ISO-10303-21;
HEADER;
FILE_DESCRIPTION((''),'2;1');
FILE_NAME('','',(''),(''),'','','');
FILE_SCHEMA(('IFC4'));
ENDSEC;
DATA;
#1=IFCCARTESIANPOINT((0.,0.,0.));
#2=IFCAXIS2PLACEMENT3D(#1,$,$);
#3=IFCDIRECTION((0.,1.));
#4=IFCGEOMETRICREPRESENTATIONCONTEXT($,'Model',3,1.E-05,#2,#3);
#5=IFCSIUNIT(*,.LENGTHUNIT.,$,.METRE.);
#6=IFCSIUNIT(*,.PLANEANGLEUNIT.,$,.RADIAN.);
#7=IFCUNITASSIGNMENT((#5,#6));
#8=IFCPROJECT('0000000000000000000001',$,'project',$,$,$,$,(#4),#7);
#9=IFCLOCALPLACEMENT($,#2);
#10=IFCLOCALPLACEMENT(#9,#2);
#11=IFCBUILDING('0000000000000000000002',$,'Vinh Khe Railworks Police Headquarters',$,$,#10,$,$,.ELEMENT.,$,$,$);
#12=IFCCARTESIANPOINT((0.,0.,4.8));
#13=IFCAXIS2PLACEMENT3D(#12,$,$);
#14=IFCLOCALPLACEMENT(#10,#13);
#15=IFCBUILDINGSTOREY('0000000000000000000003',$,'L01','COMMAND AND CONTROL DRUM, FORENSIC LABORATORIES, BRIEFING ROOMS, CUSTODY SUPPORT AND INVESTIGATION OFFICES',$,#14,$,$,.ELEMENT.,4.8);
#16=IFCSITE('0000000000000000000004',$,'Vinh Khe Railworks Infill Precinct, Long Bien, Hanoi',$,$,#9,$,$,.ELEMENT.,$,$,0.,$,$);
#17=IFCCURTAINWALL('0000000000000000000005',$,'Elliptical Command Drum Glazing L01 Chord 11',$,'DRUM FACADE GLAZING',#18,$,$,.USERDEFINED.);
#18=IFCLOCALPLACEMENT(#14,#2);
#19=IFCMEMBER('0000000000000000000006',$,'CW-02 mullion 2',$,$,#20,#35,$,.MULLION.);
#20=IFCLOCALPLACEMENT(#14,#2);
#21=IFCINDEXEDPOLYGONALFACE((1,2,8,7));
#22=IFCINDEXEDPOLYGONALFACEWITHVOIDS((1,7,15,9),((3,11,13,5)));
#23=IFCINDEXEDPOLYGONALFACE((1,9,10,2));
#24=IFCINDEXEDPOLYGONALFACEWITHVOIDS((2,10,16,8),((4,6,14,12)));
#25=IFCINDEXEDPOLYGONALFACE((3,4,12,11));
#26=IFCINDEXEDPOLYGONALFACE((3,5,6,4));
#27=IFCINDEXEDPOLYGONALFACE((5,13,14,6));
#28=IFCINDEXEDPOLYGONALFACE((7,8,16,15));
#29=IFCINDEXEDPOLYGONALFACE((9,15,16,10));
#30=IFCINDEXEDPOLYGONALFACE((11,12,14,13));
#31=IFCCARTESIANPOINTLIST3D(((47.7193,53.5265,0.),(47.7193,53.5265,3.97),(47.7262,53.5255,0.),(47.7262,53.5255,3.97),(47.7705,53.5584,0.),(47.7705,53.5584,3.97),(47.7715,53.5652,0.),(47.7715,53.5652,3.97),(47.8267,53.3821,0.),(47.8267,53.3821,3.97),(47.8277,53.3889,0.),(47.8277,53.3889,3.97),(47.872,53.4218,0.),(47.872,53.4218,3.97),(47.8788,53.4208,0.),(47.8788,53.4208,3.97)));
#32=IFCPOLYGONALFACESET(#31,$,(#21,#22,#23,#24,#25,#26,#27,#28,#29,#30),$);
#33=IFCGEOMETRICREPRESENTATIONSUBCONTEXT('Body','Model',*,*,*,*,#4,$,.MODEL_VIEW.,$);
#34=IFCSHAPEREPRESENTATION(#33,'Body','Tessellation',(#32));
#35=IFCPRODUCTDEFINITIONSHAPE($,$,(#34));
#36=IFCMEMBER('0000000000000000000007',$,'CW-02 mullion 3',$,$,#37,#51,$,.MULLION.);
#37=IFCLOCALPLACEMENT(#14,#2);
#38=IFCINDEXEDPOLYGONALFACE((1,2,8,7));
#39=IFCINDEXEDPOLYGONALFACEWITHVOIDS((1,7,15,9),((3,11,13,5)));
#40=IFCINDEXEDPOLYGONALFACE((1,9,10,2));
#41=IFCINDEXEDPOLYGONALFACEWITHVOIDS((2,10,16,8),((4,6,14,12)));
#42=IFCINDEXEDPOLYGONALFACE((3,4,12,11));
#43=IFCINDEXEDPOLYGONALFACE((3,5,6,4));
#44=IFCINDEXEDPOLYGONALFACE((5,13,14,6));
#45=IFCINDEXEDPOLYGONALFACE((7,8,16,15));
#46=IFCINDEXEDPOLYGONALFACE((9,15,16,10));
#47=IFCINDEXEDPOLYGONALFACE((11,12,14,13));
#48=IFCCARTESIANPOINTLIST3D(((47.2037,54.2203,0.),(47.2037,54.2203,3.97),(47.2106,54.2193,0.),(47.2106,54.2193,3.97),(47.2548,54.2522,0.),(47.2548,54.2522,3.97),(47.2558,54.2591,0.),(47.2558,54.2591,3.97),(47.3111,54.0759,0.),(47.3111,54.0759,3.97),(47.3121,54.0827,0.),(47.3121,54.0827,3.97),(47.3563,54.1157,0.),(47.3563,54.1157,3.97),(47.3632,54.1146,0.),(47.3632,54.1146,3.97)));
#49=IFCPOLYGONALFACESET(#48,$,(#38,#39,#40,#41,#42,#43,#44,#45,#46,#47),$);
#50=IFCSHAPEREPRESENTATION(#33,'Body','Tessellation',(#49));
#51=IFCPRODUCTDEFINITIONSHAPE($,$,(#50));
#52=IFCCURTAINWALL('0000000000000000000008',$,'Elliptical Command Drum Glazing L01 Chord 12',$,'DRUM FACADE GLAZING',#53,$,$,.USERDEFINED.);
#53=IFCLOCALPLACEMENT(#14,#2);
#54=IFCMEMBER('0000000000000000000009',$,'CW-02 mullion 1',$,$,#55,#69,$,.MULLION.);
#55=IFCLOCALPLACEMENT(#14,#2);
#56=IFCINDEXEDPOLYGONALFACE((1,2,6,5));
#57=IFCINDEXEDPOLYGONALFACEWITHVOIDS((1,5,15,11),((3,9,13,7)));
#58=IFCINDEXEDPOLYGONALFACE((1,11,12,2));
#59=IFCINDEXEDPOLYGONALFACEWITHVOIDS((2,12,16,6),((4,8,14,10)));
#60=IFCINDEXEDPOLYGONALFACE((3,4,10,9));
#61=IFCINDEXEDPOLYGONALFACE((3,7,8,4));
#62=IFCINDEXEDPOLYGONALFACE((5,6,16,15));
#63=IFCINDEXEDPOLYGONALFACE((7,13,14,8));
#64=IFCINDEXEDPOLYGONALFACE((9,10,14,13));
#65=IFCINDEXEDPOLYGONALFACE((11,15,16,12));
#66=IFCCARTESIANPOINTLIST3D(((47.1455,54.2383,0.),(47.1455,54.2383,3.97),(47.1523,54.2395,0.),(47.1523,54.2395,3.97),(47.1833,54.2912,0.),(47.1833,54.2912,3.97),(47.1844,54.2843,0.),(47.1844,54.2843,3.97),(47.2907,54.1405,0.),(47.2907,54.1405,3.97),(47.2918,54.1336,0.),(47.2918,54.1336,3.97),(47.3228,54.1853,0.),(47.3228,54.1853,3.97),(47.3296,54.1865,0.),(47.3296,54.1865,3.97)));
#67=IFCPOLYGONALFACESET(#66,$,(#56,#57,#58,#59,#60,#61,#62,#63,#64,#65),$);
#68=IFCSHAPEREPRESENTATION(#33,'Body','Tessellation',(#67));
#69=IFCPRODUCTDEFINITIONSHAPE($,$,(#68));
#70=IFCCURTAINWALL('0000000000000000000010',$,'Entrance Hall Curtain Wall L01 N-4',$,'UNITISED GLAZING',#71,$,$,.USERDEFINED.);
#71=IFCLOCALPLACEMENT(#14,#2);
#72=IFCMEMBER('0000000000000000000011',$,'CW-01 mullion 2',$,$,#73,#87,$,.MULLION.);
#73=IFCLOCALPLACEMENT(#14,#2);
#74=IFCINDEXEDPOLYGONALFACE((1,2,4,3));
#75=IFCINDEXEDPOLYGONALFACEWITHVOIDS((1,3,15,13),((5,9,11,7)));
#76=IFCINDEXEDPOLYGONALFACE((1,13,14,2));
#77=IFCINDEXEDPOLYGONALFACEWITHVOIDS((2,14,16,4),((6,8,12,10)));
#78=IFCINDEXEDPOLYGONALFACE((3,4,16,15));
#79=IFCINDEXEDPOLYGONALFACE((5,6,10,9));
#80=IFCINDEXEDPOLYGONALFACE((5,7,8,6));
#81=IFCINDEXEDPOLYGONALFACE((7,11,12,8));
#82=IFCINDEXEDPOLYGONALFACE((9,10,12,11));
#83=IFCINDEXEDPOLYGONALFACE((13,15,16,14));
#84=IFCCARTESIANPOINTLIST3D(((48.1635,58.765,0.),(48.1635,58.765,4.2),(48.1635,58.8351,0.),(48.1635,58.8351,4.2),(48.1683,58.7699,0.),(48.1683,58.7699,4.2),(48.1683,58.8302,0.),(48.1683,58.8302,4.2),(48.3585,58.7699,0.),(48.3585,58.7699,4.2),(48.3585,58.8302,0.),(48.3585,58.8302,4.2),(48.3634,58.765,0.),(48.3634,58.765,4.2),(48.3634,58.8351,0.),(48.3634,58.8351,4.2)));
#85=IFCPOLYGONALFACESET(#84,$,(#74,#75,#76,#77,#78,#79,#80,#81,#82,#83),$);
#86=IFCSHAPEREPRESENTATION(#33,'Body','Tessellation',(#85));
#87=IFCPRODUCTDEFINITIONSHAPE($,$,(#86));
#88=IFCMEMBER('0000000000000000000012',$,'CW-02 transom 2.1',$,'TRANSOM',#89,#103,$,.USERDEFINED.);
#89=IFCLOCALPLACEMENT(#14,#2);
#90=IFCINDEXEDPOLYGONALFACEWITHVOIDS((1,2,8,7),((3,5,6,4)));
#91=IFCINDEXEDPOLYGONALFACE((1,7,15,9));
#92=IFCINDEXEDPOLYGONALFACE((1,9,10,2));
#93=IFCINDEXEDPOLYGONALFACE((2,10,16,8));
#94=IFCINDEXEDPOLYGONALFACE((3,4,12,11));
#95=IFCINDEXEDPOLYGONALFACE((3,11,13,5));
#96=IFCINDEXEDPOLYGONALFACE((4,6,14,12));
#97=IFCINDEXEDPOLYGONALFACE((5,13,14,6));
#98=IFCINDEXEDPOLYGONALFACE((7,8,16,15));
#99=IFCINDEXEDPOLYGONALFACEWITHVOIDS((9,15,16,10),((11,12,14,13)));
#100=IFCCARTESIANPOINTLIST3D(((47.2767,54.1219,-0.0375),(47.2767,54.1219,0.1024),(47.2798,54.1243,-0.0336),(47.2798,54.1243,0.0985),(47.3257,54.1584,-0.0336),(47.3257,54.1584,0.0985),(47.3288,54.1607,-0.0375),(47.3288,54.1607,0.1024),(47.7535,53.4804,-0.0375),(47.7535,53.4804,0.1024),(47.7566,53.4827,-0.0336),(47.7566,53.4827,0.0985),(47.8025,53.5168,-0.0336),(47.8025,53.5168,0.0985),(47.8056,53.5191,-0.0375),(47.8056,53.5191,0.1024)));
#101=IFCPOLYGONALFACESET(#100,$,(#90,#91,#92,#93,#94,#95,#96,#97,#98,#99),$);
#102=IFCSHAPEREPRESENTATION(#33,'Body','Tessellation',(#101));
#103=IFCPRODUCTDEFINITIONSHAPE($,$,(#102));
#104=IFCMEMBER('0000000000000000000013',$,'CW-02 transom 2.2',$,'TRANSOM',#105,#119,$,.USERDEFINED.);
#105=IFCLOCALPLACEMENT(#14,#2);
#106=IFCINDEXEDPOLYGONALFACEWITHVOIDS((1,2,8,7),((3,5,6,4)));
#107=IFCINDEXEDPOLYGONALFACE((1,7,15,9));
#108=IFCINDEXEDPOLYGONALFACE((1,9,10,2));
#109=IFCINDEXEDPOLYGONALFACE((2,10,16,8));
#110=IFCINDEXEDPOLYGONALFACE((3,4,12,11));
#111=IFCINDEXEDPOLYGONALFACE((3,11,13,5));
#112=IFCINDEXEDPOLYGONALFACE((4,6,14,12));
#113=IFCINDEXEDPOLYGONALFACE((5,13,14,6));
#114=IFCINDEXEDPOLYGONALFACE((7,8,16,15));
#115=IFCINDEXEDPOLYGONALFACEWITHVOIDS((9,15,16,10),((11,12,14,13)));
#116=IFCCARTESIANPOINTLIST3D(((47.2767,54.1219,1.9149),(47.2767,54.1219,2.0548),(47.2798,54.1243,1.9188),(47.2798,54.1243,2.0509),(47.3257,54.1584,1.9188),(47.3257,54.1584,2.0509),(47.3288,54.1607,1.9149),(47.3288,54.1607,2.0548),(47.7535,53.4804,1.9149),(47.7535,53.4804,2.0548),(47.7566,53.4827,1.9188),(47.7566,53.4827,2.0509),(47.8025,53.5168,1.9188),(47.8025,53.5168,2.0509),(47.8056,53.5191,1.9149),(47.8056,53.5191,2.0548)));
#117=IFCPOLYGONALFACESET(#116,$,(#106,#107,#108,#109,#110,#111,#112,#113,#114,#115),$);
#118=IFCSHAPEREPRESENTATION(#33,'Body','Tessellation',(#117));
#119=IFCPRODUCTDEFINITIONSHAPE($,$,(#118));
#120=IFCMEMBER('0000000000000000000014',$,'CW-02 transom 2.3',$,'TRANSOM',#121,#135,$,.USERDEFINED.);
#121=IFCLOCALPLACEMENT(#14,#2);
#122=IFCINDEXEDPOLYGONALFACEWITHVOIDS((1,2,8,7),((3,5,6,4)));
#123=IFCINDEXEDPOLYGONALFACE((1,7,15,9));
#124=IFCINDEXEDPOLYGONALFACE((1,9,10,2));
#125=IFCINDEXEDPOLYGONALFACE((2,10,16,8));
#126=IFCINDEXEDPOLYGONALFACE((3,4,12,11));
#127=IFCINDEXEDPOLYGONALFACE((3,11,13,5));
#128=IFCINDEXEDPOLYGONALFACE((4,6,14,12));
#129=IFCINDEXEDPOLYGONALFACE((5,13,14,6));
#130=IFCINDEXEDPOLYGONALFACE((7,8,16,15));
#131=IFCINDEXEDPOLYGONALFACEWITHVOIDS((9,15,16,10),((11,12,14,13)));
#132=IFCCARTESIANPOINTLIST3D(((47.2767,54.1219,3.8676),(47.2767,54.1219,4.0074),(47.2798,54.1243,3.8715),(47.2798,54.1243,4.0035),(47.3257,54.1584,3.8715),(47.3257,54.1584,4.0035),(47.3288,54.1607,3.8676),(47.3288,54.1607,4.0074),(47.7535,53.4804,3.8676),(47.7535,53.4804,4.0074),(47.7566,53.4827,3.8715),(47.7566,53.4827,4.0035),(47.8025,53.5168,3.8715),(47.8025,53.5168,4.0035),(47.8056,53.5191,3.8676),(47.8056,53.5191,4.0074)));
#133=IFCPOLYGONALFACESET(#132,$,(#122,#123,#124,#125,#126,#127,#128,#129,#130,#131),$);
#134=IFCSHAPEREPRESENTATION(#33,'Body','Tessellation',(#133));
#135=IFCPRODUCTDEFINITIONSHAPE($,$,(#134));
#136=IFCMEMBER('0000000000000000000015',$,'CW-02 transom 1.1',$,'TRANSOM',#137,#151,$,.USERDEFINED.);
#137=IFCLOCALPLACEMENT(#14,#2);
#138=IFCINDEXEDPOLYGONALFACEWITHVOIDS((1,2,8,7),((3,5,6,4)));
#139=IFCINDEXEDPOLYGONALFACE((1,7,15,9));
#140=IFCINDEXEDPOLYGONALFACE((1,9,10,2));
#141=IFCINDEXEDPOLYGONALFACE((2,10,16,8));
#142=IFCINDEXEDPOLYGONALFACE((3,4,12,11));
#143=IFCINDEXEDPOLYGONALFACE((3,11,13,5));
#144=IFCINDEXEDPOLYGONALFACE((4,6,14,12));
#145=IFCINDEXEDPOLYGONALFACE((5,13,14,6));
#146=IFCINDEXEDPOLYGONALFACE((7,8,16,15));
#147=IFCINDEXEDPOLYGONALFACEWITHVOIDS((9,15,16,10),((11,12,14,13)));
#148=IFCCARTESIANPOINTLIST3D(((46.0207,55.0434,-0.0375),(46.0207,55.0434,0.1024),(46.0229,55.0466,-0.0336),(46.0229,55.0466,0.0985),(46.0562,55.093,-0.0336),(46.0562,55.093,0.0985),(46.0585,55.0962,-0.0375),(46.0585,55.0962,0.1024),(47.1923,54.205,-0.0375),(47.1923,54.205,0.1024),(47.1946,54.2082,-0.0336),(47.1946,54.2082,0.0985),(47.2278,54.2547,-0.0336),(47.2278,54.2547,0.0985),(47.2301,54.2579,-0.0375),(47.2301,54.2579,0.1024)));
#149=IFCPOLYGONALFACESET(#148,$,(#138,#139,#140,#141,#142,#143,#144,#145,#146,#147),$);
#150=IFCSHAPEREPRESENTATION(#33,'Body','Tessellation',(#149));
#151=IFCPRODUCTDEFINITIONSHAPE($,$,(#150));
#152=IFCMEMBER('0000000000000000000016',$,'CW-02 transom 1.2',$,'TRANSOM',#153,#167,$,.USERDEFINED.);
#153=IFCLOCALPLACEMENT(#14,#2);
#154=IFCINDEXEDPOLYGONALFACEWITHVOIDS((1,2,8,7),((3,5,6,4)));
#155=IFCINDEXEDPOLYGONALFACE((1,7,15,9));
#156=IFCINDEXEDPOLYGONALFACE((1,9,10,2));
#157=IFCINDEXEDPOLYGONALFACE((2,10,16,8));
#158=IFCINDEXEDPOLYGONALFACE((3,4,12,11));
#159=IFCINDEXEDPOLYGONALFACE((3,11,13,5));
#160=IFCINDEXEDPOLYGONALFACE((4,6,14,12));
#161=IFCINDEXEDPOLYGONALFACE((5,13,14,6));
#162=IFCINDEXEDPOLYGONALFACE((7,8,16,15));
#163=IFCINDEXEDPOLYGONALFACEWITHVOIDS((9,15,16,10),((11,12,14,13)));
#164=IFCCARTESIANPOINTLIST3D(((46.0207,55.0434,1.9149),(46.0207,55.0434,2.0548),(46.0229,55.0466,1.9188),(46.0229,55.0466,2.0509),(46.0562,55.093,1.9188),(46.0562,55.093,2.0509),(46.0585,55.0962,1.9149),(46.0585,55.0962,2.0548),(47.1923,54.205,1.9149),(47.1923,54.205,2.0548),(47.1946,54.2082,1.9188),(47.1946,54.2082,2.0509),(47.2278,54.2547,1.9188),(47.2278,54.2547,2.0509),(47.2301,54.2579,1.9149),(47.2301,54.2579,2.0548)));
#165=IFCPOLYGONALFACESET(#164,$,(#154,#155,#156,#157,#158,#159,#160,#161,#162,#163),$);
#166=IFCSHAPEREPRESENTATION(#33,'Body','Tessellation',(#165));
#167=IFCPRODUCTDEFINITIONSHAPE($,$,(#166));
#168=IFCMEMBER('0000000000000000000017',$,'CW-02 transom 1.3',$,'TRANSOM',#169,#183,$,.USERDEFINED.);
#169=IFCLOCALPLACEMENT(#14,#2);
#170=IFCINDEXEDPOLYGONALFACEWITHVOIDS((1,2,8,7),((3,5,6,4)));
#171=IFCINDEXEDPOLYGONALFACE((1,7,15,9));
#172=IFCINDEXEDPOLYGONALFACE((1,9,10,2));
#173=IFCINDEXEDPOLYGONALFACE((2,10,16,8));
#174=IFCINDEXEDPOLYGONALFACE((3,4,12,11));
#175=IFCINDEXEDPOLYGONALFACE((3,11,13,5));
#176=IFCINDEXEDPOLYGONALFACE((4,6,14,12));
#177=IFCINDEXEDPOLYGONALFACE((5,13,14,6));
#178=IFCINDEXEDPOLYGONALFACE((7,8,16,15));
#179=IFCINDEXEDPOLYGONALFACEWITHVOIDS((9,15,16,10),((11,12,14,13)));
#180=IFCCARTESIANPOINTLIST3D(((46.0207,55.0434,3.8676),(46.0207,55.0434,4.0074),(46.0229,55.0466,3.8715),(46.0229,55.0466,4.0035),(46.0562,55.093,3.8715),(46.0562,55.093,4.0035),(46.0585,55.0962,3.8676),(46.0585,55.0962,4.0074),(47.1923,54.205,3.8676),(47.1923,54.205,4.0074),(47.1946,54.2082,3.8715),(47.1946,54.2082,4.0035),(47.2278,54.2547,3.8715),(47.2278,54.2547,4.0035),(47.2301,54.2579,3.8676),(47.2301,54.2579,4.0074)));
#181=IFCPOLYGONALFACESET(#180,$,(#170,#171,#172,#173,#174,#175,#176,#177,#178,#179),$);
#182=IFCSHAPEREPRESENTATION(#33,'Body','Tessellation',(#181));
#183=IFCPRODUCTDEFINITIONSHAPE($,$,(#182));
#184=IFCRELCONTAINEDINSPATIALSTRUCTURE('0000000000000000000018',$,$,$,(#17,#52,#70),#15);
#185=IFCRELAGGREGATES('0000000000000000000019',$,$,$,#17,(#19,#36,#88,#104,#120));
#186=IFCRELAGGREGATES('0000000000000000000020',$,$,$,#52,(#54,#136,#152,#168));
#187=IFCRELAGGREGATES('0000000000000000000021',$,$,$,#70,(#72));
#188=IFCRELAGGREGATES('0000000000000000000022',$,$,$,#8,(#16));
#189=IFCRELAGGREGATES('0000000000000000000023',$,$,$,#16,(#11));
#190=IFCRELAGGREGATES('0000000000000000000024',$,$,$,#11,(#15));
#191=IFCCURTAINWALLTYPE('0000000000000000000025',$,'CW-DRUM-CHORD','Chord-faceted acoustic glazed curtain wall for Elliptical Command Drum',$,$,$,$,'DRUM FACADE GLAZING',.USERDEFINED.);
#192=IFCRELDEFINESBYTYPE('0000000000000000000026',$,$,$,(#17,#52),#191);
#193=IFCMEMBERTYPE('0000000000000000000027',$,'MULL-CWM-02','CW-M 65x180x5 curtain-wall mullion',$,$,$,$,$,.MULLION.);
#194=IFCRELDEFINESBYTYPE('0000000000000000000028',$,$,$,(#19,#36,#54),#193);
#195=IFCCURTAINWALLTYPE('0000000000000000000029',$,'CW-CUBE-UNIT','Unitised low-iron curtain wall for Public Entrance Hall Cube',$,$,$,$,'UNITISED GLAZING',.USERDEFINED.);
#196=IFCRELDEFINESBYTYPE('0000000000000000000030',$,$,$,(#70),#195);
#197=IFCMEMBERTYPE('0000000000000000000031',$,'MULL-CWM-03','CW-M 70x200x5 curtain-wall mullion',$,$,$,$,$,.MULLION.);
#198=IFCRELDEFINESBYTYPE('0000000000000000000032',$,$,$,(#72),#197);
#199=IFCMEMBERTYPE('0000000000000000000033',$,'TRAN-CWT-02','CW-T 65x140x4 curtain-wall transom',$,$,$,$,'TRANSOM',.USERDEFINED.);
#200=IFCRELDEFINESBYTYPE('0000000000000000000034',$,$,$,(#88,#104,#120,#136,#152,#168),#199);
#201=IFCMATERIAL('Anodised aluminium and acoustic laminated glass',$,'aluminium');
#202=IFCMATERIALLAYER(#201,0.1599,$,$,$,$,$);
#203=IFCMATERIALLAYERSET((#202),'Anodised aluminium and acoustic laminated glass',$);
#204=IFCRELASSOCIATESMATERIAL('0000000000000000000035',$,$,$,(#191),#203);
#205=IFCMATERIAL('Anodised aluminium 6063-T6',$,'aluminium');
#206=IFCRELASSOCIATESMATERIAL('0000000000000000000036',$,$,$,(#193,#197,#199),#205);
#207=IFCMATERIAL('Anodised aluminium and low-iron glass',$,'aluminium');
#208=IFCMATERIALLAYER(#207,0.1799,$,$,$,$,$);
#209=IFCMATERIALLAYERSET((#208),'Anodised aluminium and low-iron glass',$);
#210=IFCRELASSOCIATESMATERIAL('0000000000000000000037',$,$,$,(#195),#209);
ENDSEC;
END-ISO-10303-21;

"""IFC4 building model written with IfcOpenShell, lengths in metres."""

from ifc_helpers import new_model, si_unit, direction, frame, origin, origin_2d, place, context, subcontext, project, spatial, hollow_rectangle, extrude, material, layer, layer_set, material_profile, profile_set, type_object, element, aggregate, save


model = new_model("IFC4")

# Units and contexts
model_context = context("Model", 3, precision=1e-05, world=origin(), true_north=direction((0.0, 1.0)))
body_context = subcontext(model_context, "Body", "Model", "MODEL_VIEW")
ifc_project = project(units=[si_unit("LENGTHUNIT", "METRE"), si_unit("PLANEANGLEUNIT", "RADIAN")], contexts=[model_context])

# Site, building, storey
site_placement = place(None, origin())
site = spatial("IfcSite", under=ifc_project, at=site_placement, Name="Vinh Khe Railworks Infill Precinct, Long Bien, Hanoi", CompositionType="ELEMENT", RefElevation=0.0)
building_placement = place(site_placement, origin())
building = spatial("IfcBuilding", under=site, at=building_placement, Name="Vinh Khe Railworks Police Headquarters", CompositionType="ELEMENT")
storey_placement = place(building_placement, frame((0.0, 0.0, 4.8)))
storey = spatial("IfcBuildingStorey", under=building, at=storey_placement, Name="L01", Description="COMMAND AND CONTROL DRUM, FORENSIC LABORATORIES, BRIEFING ROOMS, CUSTODY SUPPORT AND INVESTIGATION OFFICES", CompositionType="ELEMENT", Elevation=4.8)

# Curtain wall, members
ifc_material_1 = material(Name="Anodised aluminium and acoustic laminated glass", Category="aluminium")
ifc_layer_1 = layer(ifc_material_1, 0.1599)
ifc_layer_set_1 = layer_set([ifc_layer_1], Name="Anodised aluminium and acoustic laminated glass")
curtain_wall_type_1 = type_object("IfcCurtainWallType", Name="CW-DRUM-CHORD", Description="Chord-faceted acoustic glazed curtain wall for Elliptical Command Drum", ElementType="DRUM FACADE GLAZING", PredefinedType="USERDEFINED", material=ifc_layer_set_1)
curtain_wall_1_placement = place(storey_placement, origin())
curtain_wall_1 = element("IfcCurtainWall", 1, at=curtain_wall_1_placement, inside=storey, type_object=curtain_wall_type_1, Name="Elliptical Command Drum Glazing L01 Chord 11", ObjectType="DRUM FACADE GLAZING", PredefinedType="USERDEFINED")
ifc_material_2 = material(Name="Anodised aluminium 6063-T6", Category="aluminium")
ifc_material_profile_1 = material_profile(ifc_material_2, hollow_rectangle(XDim=0.0649, YDim=0.1799, WallThickness=0.0049, at=origin_2d()), Name="CW-M 65x180x5")
ifc_profile_set_1 = profile_set([ifc_material_profile_1], Name="Anodised aluminium 6063-T6")
member_type_1 = type_object("IfcMemberType", Name="MULL-CWM-02", Description="CW-M 65x180x5 curtain-wall mullion", PredefinedType="MULLION", material=ifc_profile_set_1)
member_1_placement = place(storey_placement, frame((47.7991, 53.4736, 0.0), z_axis=(0.0, 0.0, 1.0), x_axis=(-0.802592, -0.596528, 0.0)))
member_1 = element("IfcMember", 2, at=member_1_placement, type_object=member_type_1, Name="CW-02 mullion 2", PredefinedType="MULLION", context=body_context, shape_type="SweptSolid", body=[
    extrude(hollow_rectangle(XDim=0.0649, YDim=0.1799, WallThickness=0.0049, at=origin_2d()), origin(), (0.0, 0.0, 1.0), 3.97),
])
member_2_placement = place(storey_placement, frame((47.2834, 54.1675, 0.0), z_axis=(0.0, 0.0, 1.0), x_axis=(-0.802592, -0.596528, 0.0)))
member_2 = element("IfcMember", 3, at=member_2_placement, type_object=member_type_1, Name="CW-02 mullion 3", PredefinedType="MULLION", context=body_context, shape_type="SweptSolid", body=[
    extrude(hollow_rectangle(XDim=0.0649, YDim=0.1799, WallThickness=0.0049, at=origin_2d()), origin(), (0.0, 0.0, 1.0), 3.97),
])

# Curtain walls, members
curtain_wall_2_placement = place(storey_placement, origin())
curtain_wall_2 = element("IfcCurtainWall", 4, at=curtain_wall_2_placement, inside=storey, type_object=curtain_wall_type_1, Name="Elliptical Command Drum Glazing L01 Chord 12", ObjectType="DRUM FACADE GLAZING", PredefinedType="USERDEFINED")
member_3_placement = place(storey_placement, frame((47.2375, 54.2124, 0.0), z_axis=(0.0, 0.0, 1.0), x_axis=(-0.581917, -0.813248, 0.0)))
member_3 = element("IfcMember", 5, at=member_3_placement, type_object=member_type_1, Name="CW-02 mullion 1", PredefinedType="MULLION", context=body_context, shape_type="SweptSolid", body=[
    extrude(hollow_rectangle(XDim=0.0649, YDim=0.1799, WallThickness=0.0049, at=origin_2d()), origin(), (0.0, 0.0, 1.0), 3.97),
])
ifc_material_3 = material(Name="Anodised aluminium and low-iron glass", Category="aluminium")
ifc_layer_2 = layer(ifc_material_3, 0.1799)
ifc_layer_set_2 = layer_set([ifc_layer_2], Name="Anodised aluminium and low-iron glass")
curtain_wall_type_2 = type_object("IfcCurtainWallType", Name="CW-CUBE-UNIT", Description="Unitised low-iron curtain wall for Public Entrance Hall Cube", ElementType="UNITISED GLAZING", PredefinedType="USERDEFINED", material=ifc_layer_set_2)
curtain_wall_3_placement = place(storey_placement, origin())
curtain_wall_3 = element("IfcCurtainWall", 6, at=curtain_wall_3_placement, inside=storey, type_object=curtain_wall_type_2, Name="Entrance Hall Curtain Wall L01 N-4", ObjectType="UNITISED GLAZING", PredefinedType="USERDEFINED")
ifc_material_profile_2 = material_profile(ifc_material_2, hollow_rectangle(XDim=0.0701, YDim=0.2, WallThickness=0.0049, at=origin_2d()), Name="CW-M 70x200x5")
ifc_profile_set_2 = profile_set([ifc_material_profile_2], Name="Anodised aluminium 6063-T6")
member_type_2 = type_object("IfcMemberType", Name="MULL-CWM-03", Description="CW-M 70x200x5 curtain-wall mullion", PredefinedType="MULLION", material=ifc_profile_set_2)
member_4_placement = place(storey_placement, frame((48.2634, 58.8, 0.0), z_axis=(0.0, 0.0, 1.0), x_axis=(0.0, 1.0, 0.0)))
member_4 = element("IfcMember", 7, at=member_4_placement, type_object=member_type_2, Name="CW-01 mullion 2", PredefinedType="MULLION", context=body_context, shape_type="SweptSolid", body=[
    extrude(hollow_rectangle(XDim=0.0701, YDim=0.2, WallThickness=0.0049, at=origin_2d()), origin(), (0.0, 0.0, 1.0), 4.2),
])

# Members
ifc_material_profile_3 = material_profile(ifc_material_2, hollow_rectangle(XDim=0.0649, YDim=0.1399, WallThickness=0.0039, at=origin_2d()), Name="CW-T 65x140x4")
ifc_profile_set_3 = profile_set([ifc_material_profile_3], Name="Anodised aluminium 6063-T6")
member_type_3 = type_object("IfcMemberType", Name="TRAN-CWT-02", Description="CW-T 65x140x4 curtain-wall transom", ElementType="TRANSOM", PredefinedType="USERDEFINED", material=ifc_profile_set_3)
member_5_placement = place(storey_placement, frame((47.7795, 53.4998, 0.0325), z_axis=(-0.596476, 0.802631, 0.0), x_axis=(-0.802631, -0.596476, 0.0)))
member_5 = element("IfcMember", 8, at=member_5_placement, type_object=member_type_3, Name="CW-02 transom 2.1", ObjectType="TRANSOM", PredefinedType="USERDEFINED", context=body_context, shape_type="SweptSolid", body=[
    extrude(hollow_rectangle(XDim=0.0649, YDim=0.1399, WallThickness=0.0039, at=origin_2d()), origin(), (0.0, 0.0, 1.0), 0.7993),
])
member_6_placement = place(storey_placement, frame((47.7795, 53.4998, 1.9849), z_axis=(-0.596476, 0.802631, 0.0), x_axis=(-0.802631, -0.596476, 0.0)))
member_6 = element("IfcMember", 9, at=member_6_placement, type_object=member_type_3, Name="CW-02 transom 2.2", ObjectType="TRANSOM", PredefinedType="USERDEFINED", context=body_context, shape_type="SweptSolid", body=[
    extrude(hollow_rectangle(XDim=0.0649, YDim=0.1399, WallThickness=0.0039, at=origin_2d()), origin(), (0.0, 0.0, 1.0), 0.7993),
])
member_7_placement = place(storey_placement, frame((47.7795, 53.4998, 3.9375), z_axis=(-0.596476, 0.802631, 0.0), x_axis=(-0.802631, -0.596476, 0.0)))
member_7 = element("IfcMember", 10, at=member_7_placement, type_object=member_type_3, Name="CW-02 transom 2.3", ObjectType="TRANSOM", PredefinedType="USERDEFINED", context=body_context, shape_type="SweptSolid", body=[
    extrude(hollow_rectangle(XDim=0.0649, YDim=0.1399, WallThickness=0.0039, at=origin_2d()), origin(), (0.0, 0.0, 1.0), 0.7993),
])
member_8_placement = place(storey_placement, frame((47.2112, 54.2314, 0.0325), z_axis=(-0.813241, 0.581927, 0.0), x_axis=(-0.581927, -0.813241, 0.0)))
member_8 = element("IfcMember", 11, at=member_8_placement, type_object=member_type_3, Name="CW-02 transom 1.1", ObjectType="TRANSOM", PredefinedType="USERDEFINED", context=body_context, shape_type="SweptSolid", body=[
    extrude(hollow_rectangle(XDim=0.0649, YDim=0.1399, WallThickness=0.0039, at=origin_2d()), origin(), (0.0, 0.0, 1.0), 1.4407),
])
member_9_placement = place(storey_placement, frame((47.2112, 54.2314, 1.9849), z_axis=(-0.813241, 0.581927, 0.0), x_axis=(-0.581927, -0.813241, 0.0)))
member_9 = element("IfcMember", 12, at=member_9_placement, type_object=member_type_3, Name="CW-02 transom 1.2", ObjectType="TRANSOM", PredefinedType="USERDEFINED", context=body_context, shape_type="SweptSolid", body=[
    extrude(hollow_rectangle(XDim=0.0649, YDim=0.1399, WallThickness=0.0039, at=origin_2d()), origin(), (0.0, 0.0, 1.0), 1.4407),
])
member_10_placement = place(storey_placement, frame((47.2112, 54.2314, 3.9375), z_axis=(-0.813241, 0.581927, 0.0), x_axis=(-0.581927, -0.813241, 0.0)))
member_10 = element("IfcMember", 13, at=member_10_placement, type_object=member_type_3, Name="CW-02 transom 1.3", ObjectType="TRANSOM", PredefinedType="USERDEFINED", context=body_context, shape_type="SweptSolid", body=[
    extrude(hollow_rectangle(XDim=0.0649, YDim=0.1399, WallThickness=0.0039, at=origin_2d()), origin(), (0.0, 0.0, 1.0), 1.4407),
])

aggregate(curtain_wall_1, [member_1, member_2, member_5, member_6, member_7])
aggregate(curtain_wall_2, [member_3, member_8, member_9, member_10])
aggregate(curtain_wall_3, [member_4])

save(model, "model.ifc")
